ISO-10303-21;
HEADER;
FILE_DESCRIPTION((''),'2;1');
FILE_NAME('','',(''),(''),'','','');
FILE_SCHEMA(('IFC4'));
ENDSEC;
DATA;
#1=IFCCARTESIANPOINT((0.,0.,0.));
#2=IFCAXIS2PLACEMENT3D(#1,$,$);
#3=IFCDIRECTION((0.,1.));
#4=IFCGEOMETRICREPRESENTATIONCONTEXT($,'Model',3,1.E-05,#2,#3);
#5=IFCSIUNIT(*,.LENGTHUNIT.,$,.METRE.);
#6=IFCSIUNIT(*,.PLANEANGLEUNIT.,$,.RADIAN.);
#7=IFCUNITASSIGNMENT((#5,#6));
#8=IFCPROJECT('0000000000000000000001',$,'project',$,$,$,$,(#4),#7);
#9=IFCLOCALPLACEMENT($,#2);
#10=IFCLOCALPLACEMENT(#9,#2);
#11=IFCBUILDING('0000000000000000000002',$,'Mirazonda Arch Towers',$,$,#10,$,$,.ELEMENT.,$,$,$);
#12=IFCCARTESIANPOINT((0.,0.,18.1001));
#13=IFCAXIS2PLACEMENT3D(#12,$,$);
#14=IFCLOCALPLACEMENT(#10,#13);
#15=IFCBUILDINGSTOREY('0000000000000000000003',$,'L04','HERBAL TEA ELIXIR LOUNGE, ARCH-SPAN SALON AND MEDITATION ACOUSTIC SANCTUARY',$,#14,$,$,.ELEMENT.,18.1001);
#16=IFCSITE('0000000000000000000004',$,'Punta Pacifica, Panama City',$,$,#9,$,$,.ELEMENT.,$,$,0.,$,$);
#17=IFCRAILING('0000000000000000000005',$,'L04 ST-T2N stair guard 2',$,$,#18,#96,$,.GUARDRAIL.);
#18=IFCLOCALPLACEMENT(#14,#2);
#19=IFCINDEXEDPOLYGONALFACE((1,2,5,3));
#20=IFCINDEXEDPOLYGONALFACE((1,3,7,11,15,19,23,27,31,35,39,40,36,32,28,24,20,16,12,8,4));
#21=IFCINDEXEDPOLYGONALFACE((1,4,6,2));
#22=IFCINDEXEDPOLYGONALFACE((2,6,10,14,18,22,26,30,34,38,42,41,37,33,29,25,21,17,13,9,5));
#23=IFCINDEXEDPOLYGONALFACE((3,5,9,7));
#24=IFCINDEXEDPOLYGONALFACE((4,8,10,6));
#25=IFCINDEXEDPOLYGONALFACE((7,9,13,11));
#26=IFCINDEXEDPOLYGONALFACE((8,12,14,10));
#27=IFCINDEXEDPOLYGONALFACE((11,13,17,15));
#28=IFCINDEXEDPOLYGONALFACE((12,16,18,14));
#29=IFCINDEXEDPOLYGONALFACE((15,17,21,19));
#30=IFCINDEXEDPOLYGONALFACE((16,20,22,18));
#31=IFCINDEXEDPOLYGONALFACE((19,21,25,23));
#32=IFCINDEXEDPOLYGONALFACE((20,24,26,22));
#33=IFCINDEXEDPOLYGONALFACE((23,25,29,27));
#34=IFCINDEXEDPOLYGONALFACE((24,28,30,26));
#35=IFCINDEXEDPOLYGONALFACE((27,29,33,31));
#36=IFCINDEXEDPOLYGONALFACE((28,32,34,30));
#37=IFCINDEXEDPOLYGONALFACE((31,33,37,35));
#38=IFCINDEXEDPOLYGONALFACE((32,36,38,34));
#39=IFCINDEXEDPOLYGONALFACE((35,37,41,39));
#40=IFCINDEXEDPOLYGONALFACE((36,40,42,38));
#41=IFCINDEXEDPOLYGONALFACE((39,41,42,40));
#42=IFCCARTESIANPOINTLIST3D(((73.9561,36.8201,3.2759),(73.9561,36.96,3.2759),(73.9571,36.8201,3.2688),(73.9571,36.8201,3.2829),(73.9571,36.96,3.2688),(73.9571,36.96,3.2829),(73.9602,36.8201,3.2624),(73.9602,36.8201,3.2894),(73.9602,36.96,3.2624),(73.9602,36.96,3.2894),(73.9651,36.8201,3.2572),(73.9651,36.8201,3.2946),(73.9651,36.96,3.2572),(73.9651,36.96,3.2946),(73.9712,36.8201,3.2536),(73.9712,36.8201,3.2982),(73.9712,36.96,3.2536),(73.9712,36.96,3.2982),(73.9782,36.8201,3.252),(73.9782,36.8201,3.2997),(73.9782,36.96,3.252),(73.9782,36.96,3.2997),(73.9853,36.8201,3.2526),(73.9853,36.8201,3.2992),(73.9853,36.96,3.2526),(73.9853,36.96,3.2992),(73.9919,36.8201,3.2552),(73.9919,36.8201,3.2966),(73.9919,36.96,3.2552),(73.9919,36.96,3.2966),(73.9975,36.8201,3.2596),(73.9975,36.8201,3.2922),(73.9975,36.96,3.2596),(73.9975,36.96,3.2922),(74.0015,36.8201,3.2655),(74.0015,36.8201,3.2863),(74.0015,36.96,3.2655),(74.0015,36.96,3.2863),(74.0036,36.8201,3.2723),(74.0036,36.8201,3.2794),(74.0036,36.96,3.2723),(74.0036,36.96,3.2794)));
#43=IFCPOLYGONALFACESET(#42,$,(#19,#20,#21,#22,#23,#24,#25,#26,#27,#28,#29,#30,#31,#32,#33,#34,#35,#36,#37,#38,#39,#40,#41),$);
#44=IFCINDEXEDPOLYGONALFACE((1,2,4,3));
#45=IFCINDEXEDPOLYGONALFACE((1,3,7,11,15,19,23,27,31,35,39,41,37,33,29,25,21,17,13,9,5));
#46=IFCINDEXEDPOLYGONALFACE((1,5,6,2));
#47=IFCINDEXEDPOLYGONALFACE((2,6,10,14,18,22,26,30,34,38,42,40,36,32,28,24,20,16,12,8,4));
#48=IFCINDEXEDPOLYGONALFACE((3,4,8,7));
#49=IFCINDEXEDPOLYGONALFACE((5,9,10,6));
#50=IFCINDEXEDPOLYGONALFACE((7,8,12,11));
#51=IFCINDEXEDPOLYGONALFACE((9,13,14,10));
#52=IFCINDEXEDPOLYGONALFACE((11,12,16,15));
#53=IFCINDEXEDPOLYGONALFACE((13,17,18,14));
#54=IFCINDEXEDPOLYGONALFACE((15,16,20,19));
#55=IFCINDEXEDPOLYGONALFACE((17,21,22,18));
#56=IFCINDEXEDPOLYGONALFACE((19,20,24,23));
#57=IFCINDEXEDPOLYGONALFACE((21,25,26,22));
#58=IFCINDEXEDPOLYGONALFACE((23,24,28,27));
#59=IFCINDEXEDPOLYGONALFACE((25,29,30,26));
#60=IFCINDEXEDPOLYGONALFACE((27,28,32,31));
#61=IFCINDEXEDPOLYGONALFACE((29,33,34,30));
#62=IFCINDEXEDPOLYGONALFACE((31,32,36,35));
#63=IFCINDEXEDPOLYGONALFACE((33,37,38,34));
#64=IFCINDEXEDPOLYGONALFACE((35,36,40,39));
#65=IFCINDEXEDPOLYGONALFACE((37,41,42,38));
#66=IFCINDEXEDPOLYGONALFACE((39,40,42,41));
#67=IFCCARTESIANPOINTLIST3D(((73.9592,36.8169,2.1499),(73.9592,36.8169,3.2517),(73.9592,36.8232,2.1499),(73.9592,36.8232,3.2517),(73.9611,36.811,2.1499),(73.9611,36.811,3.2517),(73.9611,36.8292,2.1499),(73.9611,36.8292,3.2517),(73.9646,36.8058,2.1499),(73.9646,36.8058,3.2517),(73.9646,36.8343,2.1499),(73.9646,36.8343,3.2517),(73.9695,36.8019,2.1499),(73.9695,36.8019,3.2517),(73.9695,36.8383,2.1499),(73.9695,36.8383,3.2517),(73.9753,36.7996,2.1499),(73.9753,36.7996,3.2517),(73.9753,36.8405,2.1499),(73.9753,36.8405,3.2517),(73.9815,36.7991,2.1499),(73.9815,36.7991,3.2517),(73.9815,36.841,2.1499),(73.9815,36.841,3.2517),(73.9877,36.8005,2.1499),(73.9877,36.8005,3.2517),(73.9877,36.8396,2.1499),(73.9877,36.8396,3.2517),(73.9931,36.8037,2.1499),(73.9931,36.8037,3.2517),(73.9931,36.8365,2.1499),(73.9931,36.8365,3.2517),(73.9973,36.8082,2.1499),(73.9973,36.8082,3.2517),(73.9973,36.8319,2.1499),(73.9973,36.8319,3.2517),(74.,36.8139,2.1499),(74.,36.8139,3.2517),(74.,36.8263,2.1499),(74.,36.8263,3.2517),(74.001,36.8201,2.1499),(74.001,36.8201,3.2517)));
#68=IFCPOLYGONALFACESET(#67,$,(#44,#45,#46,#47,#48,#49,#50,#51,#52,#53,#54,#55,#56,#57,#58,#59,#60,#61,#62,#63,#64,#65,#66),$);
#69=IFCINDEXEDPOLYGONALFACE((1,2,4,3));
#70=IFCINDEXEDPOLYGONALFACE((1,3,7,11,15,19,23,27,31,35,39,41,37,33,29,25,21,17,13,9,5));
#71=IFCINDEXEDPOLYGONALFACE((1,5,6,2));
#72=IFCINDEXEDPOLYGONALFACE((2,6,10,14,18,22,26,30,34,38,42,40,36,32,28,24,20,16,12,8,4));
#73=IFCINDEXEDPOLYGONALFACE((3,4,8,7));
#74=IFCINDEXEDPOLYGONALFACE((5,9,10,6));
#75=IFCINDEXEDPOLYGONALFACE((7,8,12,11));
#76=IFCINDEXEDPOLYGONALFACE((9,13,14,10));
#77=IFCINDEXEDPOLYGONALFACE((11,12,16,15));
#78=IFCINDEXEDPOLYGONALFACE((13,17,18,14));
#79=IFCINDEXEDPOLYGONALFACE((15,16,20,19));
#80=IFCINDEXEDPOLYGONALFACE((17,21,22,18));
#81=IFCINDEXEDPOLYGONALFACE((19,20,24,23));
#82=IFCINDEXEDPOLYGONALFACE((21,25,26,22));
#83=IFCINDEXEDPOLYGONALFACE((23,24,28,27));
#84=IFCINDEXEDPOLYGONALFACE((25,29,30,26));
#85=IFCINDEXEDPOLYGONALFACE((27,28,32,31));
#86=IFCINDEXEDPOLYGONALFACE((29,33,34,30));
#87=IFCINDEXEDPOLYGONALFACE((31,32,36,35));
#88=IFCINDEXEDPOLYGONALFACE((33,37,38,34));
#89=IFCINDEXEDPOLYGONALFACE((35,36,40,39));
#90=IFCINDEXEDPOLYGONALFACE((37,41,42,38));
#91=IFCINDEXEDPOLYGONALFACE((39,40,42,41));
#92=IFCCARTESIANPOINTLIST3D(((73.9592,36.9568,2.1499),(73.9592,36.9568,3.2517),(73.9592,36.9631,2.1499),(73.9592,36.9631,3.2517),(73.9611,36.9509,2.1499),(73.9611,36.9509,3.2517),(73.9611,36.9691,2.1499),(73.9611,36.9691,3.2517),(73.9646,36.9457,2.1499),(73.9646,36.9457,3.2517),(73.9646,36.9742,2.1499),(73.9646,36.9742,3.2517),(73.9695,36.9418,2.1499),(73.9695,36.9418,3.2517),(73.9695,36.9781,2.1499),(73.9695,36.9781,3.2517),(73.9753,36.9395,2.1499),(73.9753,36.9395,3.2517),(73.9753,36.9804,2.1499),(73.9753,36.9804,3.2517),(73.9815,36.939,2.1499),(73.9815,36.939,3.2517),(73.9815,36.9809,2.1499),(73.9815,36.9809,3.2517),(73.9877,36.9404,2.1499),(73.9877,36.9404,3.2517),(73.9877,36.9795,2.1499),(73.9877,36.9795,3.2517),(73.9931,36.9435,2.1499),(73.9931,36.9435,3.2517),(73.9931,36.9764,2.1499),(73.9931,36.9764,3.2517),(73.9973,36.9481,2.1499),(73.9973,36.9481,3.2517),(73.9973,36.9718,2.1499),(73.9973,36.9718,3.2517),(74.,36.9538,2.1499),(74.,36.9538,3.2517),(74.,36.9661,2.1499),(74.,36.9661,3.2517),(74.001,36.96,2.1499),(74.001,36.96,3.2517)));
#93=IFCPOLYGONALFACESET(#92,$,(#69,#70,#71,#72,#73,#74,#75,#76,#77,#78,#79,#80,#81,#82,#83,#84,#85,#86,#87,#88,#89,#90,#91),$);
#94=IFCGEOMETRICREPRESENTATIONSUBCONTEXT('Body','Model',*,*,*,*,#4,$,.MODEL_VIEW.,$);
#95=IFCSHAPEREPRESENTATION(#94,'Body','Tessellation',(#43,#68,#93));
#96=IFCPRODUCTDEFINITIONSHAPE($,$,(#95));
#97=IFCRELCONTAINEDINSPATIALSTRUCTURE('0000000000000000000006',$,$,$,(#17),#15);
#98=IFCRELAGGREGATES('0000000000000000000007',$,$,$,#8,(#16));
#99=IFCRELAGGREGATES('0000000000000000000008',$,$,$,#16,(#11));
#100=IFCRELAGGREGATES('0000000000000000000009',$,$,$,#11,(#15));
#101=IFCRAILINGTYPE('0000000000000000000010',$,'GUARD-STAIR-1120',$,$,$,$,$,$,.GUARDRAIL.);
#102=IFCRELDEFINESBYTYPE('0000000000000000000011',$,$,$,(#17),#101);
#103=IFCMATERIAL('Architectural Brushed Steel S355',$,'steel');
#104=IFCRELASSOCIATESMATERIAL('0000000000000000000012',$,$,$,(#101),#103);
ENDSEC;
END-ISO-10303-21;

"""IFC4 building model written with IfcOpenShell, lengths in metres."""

from ifc_helpers import new_model, si_unit, direction, frame, origin, origin_2d, place, context, subcontext, project, spatial, circle, extrude, material, type_object, element, save


model = new_model("IFC4")

# Units and contexts
model_context = context("Model", 3, precision=1e-05, world=origin(), true_north=direction((0.0, 1.0)))
body_context = subcontext(model_context, "Body", "Model", "MODEL_VIEW")
ifc_project = project(units=[si_unit("LENGTHUNIT", "METRE"), si_unit("PLANEANGLEUNIT", "RADIAN")], contexts=[model_context])

# Site, building, storey
site_placement = place(None, origin())
site = spatial("IfcSite", under=ifc_project, at=site_placement, Name="Punta Pacifica, Panama City", CompositionType="ELEMENT", RefElevation=0.0)
building_placement = place(site_placement, origin())
building = spatial("IfcBuilding", under=site, at=building_placement, Name="Mirazonda Arch Towers", CompositionType="ELEMENT")
storey_placement = place(building_placement, frame((0.0, 0.0, 18.1001)))
storey = spatial("IfcBuildingStorey", under=building, at=storey_placement, Name="L04", Description="HERBAL TEA ELIXIR LOUNGE, ARCH-SPAN SALON AND MEDITATION ACOUSTIC SANCTUARY", CompositionType="ELEMENT", Elevation=18.1001)

# Shared definitions
ifc_material_1 = material(Name="Architectural Brushed Steel S355", Category="steel")

# Railing
railing_type_1 = type_object("IfcRailingType", Name="GUARD-STAIR-1120", PredefinedType="GUARDRAIL", material=ifc_material_1)
railing_1_placement = place(storey_placement, frame((73.98, 36.8201, 2.1499)))
element("IfcRailing", 1, at=railing_1_placement, inside=storey, type_object=railing_type_1, Name="L04 ST-T2N stair guard 2", PredefinedType="GUARDRAIL", context=body_context, shape_type="SweptSolid", body=[
    extrude(circle(Radius=0.0239, at=origin_2d()), frame((0.0, 0.0, 1.126), z_axis=(0.0, 1.0, 0.0), x_axis=(-1.0, 0.0, 0.0)), (0.0, 0.0, 1.0), 0.1399),
    extrude(circle(Radius=0.021, at=origin_2d()), origin(), (0.0, 0.0, 1.0), 1.1018),
    extrude(circle(Radius=0.021, at=origin_2d()), frame((0.0, 0.1399, 0.0)), (0.0, 0.0, 1.0), 1.1018),
])

save(model, "model.ifc")
